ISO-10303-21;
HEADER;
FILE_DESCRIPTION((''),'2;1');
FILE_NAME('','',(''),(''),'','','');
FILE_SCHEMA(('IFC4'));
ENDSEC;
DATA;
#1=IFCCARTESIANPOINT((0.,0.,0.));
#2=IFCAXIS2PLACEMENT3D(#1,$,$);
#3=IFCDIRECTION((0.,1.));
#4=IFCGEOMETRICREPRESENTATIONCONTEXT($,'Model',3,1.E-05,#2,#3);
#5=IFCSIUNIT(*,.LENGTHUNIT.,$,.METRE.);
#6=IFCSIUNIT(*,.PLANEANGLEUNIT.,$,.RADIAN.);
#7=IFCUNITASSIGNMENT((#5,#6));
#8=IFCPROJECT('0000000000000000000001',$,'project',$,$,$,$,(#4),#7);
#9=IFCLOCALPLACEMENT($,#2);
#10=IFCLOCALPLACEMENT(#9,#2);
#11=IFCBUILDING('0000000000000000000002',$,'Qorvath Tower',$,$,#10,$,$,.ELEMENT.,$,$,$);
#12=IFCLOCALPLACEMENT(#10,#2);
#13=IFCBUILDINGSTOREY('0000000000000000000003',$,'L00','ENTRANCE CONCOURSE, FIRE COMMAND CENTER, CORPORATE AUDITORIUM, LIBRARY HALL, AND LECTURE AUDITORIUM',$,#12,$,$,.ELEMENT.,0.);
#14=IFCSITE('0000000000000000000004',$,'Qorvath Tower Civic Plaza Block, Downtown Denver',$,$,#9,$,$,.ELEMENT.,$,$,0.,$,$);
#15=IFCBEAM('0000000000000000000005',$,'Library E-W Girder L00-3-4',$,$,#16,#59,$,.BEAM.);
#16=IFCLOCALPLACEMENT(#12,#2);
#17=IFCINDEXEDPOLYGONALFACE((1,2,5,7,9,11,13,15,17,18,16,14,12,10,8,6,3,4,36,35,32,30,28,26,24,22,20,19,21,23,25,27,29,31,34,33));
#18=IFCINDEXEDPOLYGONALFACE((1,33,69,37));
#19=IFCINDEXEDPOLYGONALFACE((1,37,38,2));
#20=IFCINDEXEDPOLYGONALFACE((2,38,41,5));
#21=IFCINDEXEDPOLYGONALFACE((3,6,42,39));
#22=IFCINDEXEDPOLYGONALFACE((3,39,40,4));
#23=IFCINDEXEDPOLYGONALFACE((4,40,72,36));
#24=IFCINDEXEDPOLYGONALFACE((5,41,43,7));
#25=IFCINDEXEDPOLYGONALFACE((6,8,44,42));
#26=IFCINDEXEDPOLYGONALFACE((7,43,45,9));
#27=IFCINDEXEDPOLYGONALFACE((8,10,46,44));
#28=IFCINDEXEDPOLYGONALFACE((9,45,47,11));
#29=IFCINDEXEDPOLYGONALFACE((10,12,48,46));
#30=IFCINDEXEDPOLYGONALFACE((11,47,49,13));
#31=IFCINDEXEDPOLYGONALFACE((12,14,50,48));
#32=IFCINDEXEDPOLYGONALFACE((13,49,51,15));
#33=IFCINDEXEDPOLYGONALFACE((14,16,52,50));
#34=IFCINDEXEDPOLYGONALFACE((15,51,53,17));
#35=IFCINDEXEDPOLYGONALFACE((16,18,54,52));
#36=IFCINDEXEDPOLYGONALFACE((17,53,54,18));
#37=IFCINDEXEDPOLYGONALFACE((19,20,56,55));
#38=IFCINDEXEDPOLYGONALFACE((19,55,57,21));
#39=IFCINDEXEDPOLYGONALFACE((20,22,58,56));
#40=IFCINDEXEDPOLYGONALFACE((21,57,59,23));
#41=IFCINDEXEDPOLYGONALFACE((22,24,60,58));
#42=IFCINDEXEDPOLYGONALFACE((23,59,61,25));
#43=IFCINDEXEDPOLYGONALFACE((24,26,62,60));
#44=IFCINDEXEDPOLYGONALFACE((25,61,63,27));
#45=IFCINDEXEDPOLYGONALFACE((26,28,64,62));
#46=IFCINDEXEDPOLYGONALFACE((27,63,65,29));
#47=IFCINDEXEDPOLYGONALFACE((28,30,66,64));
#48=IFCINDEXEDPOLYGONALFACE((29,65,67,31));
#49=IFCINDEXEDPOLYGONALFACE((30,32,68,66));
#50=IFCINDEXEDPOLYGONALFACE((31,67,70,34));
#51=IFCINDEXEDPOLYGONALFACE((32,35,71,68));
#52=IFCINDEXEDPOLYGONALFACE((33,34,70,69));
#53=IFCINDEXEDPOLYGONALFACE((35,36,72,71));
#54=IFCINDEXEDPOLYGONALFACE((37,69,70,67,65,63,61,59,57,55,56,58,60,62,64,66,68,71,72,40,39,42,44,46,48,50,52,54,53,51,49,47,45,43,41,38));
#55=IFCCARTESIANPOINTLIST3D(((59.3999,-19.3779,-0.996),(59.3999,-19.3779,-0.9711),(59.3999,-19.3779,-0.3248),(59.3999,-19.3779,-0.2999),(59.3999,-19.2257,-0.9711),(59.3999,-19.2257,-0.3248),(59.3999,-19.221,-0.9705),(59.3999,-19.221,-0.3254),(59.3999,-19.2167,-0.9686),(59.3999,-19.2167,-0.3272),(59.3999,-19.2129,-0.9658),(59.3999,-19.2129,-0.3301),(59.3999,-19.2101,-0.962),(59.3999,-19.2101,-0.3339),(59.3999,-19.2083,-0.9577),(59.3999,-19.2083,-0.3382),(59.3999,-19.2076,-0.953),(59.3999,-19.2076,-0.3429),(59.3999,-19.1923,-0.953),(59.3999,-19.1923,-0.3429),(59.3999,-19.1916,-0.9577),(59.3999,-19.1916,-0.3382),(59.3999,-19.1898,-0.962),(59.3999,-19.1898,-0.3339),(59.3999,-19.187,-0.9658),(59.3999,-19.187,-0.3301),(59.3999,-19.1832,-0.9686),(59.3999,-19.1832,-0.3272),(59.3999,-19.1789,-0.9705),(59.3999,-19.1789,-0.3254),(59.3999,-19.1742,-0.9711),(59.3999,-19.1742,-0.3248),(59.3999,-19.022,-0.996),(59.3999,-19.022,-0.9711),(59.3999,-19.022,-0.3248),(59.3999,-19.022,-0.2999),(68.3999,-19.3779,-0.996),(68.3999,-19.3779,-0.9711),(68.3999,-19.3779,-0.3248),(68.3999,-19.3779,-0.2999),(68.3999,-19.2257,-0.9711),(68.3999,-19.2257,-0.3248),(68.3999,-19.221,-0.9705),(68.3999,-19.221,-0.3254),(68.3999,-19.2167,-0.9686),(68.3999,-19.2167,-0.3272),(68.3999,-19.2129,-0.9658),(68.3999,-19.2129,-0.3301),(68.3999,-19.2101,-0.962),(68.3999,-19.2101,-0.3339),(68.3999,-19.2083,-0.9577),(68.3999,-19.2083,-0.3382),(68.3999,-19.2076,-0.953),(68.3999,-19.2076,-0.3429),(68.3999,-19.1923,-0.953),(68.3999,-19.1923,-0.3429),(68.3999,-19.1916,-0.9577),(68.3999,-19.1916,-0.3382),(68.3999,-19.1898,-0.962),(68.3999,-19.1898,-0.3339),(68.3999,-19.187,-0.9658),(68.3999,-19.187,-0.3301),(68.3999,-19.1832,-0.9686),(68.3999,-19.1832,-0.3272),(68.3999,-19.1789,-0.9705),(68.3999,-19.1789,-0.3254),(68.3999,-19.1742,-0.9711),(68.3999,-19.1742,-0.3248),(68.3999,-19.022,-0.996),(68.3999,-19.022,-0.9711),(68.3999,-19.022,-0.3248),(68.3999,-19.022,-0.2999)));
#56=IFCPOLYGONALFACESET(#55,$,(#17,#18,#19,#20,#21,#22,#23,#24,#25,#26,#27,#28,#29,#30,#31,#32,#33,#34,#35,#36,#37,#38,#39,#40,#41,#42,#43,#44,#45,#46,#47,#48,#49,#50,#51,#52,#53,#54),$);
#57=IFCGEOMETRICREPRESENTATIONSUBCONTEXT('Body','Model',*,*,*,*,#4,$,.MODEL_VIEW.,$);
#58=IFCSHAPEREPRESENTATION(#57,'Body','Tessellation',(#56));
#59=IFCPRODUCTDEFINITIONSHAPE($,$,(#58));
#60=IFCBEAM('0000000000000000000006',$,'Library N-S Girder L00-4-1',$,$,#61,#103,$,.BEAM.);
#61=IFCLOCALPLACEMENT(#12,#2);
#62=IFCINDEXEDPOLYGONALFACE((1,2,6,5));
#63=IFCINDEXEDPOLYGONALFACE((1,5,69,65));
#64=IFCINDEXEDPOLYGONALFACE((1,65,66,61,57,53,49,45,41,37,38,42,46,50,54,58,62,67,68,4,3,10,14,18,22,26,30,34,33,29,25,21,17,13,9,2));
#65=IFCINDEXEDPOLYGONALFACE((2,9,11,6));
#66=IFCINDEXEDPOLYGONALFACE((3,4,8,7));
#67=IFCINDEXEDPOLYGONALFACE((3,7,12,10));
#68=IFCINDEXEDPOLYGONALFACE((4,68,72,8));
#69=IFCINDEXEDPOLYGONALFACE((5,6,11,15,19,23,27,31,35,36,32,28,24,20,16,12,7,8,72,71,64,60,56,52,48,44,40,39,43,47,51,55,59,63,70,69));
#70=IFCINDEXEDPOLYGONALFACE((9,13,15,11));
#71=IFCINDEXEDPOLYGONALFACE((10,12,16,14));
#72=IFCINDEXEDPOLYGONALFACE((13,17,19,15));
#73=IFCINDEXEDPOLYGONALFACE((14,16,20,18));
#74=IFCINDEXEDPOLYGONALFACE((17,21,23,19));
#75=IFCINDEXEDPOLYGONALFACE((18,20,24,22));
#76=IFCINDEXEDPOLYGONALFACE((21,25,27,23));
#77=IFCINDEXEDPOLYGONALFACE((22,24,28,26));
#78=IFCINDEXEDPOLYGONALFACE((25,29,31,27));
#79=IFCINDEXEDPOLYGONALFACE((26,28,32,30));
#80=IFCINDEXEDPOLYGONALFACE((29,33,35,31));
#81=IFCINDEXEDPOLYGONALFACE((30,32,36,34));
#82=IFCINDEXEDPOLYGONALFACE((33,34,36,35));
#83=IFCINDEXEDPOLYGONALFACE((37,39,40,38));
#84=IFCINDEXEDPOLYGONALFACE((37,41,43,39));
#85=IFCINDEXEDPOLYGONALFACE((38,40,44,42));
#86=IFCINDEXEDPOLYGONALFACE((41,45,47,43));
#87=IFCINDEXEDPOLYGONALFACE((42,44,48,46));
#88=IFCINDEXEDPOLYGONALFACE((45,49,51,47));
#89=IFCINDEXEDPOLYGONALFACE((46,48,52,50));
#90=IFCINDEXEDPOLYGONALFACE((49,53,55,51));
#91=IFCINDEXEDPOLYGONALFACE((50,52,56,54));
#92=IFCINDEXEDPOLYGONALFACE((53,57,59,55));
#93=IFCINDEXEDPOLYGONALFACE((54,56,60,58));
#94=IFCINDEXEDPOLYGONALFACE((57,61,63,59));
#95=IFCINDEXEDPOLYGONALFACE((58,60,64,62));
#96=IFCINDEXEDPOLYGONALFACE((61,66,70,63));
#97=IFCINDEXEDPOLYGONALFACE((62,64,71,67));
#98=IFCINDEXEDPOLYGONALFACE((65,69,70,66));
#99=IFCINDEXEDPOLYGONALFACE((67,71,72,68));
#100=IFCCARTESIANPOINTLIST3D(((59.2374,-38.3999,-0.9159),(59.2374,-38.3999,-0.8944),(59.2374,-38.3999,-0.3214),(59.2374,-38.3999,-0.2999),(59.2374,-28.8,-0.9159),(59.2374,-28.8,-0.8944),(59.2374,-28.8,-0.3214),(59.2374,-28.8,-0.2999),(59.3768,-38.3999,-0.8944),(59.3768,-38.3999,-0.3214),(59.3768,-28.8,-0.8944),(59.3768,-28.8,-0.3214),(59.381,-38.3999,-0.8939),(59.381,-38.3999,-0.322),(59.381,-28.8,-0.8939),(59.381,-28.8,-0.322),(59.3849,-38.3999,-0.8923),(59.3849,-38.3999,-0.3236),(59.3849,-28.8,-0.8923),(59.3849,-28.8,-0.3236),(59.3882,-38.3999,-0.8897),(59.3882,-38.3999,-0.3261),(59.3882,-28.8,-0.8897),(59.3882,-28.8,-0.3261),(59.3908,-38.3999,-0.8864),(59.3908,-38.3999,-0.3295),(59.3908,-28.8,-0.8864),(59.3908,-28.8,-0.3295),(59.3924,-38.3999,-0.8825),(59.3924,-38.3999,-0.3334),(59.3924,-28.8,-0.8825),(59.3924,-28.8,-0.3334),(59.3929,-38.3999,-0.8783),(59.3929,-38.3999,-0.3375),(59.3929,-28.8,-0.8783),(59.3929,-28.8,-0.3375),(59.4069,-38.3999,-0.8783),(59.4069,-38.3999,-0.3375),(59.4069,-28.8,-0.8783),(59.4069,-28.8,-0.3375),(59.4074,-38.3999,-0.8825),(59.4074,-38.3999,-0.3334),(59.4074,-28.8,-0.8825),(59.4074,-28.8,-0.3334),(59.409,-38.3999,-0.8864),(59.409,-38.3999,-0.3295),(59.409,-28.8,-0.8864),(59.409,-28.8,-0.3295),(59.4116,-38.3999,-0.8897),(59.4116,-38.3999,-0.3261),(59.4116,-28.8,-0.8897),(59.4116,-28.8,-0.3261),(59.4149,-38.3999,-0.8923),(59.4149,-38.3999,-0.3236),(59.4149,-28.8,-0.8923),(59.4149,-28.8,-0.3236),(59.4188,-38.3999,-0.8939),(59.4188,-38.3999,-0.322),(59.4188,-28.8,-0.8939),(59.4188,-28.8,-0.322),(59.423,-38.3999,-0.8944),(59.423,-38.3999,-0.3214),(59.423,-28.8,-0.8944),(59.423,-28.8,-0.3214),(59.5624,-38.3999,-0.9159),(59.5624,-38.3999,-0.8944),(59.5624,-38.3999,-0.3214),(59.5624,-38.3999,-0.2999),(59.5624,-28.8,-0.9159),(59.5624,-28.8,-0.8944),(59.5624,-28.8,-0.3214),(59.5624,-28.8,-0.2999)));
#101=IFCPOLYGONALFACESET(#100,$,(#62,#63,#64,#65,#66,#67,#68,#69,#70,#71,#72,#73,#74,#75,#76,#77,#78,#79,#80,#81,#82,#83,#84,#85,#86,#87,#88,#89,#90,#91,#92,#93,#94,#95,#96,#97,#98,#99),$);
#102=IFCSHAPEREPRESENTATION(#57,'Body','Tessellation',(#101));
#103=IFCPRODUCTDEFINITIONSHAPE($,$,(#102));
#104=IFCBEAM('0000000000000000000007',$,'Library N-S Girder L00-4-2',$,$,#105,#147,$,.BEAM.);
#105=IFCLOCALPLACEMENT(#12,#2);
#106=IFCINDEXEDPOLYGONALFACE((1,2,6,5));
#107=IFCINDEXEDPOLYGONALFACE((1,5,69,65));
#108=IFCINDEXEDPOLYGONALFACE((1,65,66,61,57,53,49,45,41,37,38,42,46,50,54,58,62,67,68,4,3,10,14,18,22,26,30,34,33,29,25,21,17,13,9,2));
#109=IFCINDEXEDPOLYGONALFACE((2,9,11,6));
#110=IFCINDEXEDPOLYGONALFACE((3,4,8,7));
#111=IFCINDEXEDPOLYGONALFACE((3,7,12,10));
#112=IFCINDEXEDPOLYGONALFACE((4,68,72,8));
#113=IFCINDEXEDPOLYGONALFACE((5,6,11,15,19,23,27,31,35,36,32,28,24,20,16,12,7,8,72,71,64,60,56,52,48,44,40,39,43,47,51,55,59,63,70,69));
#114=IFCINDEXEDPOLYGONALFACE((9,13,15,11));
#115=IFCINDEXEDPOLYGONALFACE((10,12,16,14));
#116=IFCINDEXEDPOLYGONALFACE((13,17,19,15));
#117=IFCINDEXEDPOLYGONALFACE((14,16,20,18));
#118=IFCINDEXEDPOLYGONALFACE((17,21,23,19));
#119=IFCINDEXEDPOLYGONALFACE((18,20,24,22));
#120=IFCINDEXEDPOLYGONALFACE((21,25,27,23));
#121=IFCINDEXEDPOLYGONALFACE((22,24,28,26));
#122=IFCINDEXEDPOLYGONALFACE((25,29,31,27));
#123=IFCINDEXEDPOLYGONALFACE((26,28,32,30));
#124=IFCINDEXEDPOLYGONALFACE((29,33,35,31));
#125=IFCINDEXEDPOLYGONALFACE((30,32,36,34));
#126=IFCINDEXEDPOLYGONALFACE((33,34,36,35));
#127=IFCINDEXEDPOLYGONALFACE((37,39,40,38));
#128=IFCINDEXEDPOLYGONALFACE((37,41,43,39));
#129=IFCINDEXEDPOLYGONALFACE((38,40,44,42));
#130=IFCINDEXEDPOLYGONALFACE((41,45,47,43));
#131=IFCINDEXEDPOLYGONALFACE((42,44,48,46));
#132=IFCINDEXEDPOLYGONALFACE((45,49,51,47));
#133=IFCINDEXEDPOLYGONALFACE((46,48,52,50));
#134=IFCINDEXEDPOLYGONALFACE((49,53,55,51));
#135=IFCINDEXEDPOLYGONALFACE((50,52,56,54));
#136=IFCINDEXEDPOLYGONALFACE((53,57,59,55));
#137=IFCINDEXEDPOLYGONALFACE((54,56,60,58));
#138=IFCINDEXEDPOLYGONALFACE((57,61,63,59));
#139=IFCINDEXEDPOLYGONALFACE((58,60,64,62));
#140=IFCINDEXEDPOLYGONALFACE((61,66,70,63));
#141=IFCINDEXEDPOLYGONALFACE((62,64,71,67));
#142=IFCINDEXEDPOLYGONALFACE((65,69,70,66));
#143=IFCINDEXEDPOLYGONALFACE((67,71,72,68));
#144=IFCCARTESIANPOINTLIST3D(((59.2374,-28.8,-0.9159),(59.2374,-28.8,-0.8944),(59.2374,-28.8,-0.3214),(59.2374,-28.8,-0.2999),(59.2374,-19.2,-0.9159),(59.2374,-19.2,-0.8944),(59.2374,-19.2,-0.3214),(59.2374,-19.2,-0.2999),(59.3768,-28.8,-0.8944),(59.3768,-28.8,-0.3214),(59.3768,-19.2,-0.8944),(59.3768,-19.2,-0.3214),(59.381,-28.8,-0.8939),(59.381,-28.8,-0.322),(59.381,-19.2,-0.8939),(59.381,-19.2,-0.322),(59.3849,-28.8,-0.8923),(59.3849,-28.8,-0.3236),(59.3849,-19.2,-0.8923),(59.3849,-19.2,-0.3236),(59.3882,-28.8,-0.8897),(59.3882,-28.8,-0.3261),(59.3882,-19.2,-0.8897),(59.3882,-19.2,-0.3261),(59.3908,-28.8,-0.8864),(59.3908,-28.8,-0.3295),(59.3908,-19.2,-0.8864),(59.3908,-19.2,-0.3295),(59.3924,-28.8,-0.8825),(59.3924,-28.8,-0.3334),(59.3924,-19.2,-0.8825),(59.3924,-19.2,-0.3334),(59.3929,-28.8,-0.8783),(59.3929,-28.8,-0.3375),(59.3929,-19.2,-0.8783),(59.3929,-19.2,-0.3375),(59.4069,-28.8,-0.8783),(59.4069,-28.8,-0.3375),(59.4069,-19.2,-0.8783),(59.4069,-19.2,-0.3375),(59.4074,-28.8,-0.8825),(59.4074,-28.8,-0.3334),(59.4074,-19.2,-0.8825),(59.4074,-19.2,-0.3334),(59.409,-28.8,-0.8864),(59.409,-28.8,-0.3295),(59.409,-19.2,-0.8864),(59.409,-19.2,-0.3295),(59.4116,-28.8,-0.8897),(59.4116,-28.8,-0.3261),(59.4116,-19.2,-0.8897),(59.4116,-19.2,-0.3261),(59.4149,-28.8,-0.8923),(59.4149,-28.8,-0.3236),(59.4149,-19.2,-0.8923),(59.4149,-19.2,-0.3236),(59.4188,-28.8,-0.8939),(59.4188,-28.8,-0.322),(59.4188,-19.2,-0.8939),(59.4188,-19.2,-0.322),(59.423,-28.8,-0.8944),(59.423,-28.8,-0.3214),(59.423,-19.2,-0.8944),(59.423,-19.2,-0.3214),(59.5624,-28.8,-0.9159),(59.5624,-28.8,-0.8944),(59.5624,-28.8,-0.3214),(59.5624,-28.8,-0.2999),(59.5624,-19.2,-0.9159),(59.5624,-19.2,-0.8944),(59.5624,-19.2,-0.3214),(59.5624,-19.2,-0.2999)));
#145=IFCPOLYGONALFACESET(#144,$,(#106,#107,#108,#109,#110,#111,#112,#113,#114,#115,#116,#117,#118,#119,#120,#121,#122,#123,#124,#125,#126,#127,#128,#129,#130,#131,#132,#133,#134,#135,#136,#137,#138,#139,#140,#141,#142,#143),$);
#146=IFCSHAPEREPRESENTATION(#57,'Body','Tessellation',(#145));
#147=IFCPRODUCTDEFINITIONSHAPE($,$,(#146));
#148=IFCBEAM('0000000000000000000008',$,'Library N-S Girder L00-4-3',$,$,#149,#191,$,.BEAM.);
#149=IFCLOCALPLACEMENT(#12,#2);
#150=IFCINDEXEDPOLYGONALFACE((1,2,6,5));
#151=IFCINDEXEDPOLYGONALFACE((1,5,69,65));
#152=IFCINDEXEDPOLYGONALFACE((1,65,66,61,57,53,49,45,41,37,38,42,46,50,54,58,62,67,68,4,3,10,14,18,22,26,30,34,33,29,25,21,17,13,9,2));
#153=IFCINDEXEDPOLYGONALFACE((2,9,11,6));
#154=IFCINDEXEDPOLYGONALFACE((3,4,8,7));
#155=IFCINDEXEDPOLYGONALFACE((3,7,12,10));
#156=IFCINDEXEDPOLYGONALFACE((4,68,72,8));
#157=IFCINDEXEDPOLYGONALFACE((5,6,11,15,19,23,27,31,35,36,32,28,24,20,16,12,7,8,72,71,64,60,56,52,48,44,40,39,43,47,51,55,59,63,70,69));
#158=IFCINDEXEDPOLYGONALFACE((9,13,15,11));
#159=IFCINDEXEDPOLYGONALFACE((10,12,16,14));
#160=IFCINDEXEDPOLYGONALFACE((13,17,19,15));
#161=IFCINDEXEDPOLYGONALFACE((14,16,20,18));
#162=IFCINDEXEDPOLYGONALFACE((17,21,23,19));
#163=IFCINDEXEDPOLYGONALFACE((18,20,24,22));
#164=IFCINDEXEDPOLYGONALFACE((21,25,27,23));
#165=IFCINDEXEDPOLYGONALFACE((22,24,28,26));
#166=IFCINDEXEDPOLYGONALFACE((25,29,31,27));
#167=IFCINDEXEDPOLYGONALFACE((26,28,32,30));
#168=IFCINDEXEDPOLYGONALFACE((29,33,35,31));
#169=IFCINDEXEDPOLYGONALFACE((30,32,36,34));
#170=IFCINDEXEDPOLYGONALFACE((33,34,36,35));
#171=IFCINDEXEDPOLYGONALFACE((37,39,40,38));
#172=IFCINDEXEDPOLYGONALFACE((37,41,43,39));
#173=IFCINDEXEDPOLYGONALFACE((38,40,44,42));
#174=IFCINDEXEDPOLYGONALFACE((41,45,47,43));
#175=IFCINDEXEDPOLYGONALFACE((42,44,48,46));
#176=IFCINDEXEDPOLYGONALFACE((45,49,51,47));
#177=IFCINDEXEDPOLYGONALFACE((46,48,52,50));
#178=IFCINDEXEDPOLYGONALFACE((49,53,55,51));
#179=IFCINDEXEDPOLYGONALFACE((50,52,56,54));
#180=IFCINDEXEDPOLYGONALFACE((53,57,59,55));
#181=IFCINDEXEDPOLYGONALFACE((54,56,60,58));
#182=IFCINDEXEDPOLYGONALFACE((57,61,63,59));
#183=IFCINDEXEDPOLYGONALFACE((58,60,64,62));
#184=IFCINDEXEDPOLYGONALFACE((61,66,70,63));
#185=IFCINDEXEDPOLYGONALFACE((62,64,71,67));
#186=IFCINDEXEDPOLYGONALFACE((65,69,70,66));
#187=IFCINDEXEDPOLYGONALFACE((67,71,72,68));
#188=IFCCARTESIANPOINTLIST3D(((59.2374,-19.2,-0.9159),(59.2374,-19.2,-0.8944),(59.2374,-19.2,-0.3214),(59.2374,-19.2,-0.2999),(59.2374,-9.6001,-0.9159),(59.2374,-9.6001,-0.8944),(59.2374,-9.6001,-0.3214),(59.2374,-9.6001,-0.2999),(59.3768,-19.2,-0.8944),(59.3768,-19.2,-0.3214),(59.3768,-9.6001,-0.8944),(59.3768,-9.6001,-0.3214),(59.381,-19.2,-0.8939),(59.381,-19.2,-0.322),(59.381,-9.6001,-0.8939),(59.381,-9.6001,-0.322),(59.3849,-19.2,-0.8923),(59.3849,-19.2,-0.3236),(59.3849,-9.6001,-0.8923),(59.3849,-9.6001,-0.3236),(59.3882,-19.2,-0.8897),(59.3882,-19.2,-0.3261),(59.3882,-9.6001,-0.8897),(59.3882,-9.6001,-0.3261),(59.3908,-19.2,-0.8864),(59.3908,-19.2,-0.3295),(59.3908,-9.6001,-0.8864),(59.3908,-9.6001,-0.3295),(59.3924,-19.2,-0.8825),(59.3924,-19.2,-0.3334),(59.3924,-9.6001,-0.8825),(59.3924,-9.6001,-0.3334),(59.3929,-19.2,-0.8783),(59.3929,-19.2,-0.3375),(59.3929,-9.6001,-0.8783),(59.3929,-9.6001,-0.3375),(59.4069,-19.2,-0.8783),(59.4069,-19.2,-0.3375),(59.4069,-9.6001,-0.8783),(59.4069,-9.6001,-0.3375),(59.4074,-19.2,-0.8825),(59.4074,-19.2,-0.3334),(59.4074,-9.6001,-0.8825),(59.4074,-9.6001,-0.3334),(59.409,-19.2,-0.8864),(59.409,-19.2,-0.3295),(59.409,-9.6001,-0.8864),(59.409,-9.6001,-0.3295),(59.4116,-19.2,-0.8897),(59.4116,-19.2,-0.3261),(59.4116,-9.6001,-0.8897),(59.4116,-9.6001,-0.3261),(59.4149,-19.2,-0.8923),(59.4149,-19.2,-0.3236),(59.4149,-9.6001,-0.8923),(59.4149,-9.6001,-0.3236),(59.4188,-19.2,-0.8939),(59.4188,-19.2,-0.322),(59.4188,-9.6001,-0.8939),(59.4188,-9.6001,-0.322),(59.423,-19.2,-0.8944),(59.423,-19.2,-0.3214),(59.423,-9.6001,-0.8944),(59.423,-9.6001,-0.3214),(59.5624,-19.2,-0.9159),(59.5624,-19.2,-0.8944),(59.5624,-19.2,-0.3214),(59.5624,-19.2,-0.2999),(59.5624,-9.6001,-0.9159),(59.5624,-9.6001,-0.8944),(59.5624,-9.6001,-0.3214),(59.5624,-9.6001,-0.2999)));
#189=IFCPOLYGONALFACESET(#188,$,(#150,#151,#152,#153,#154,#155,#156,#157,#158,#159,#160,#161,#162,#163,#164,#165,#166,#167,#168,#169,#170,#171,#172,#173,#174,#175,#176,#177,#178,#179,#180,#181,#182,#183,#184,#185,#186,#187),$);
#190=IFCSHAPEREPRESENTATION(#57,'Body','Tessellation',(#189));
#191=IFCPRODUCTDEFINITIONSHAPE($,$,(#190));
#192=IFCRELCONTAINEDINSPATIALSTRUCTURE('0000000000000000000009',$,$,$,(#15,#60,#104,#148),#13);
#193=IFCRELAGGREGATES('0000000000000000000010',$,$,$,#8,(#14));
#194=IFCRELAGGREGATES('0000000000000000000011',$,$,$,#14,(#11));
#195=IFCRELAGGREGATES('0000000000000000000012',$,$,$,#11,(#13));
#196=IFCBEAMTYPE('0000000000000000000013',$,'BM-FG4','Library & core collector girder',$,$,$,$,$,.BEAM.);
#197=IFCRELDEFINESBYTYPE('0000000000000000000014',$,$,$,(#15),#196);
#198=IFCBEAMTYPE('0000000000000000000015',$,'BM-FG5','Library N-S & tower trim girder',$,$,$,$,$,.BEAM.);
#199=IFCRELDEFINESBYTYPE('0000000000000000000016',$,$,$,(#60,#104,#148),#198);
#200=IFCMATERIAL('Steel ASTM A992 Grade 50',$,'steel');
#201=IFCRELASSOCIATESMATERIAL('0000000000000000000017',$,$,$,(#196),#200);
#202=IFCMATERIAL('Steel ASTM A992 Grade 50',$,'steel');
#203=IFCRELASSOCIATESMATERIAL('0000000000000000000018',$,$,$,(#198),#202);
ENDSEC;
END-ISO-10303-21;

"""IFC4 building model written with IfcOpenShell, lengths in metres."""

from ifc_helpers import new_model, si_unit, direction, frame, origin, origin_2d, place, context, subcontext, project, spatial, i_section, extrude, material, material_profile, profile_set, type_object, element, save


model = new_model("IFC4")

# Units and contexts
model_context = context("Model", 3, precision=1e-05, world=origin(), true_north=direction((0.0, 1.0)))
body_context = subcontext(model_context, "Body", "Model", "MODEL_VIEW")
ifc_project = project(units=[si_unit("LENGTHUNIT", "METRE"), si_unit("PLANEANGLEUNIT", "RADIAN")], contexts=[model_context])

# Site, building, storey
site_placement = place(None, origin())
site = spatial("IfcSite", under=ifc_project, at=site_placement, Name="Qorvath Tower Civic Plaza Block, Downtown Denver", CompositionType="ELEMENT", RefElevation=0.0)
building_placement = place(site_placement, origin())
building = spatial("IfcBuilding", under=site, at=building_placement, Name="Qorvath Tower", CompositionType="ELEMENT")
storey_placement = place(building_placement, origin())
storey = spatial("IfcBuildingStorey", under=building, at=storey_placement, Name="L00", Description="ENTRANCE CONCOURSE, FIRE COMMAND CENTER, CORPORATE AUDITORIUM, LIBRARY HALL, AND LECTURE AUDITORIUM", CompositionType="ELEMENT", Elevation=0.0)

# Beams
ifc_material_1 = material(Name="Steel ASTM A992 Grade 50", Category="steel")
ifc_material_profile_1 = material_profile(ifc_material_1, i_section(OverallWidth=0.356, OverallDepth=0.696, WebThickness=0.0154, FlangeThickness=0.0249, FilletRadius=0.0181, at=origin_2d()), Name="W27x146")
ifc_profile_set_1 = profile_set([ifc_material_profile_1], Name="Steel ASTM A992 Grade 50")
beam_type_1 = type_object("IfcBeamType", Name="BM-FG4", Description="Library & core collector girder", PredefinedType="BEAM", material=ifc_profile_set_1)
for number, where, z_axis, x_axis, name in (
    (1, (59.3999, -19.2, -0.6479), (1.0, 0.0, 0.0), (0.0, 1.0, 0.0), "Library E-W Girder L00-3-4"),
):
    element("IfcBeam", number, at=place(storey_placement, frame(where, z_axis=z_axis, x_axis=x_axis)), inside=storey, type_object=beam_type_1, Name=name, PredefinedType="BEAM", context=body_context, shape_type="SweptSolid", body=[
        extrude(i_section(OverallWidth=0.356, OverallDepth=0.696, WebThickness=0.0154, FlangeThickness=0.0249, FilletRadius=0.0181, at=origin_2d()), origin(), (0.0, 0.0, 1.0), 9.0),
    ])
ifc_material_2 = material(Name="Steel ASTM A992 Grade 50", Category="steel")
ifc_material_profile_2 = material_profile(ifc_material_2, i_section(OverallWidth=0.325, OverallDepth=0.616, WebThickness=0.0139, FlangeThickness=0.0215, FilletRadius=0.0161, at=origin_2d()), Name="W24x117")
ifc_profile_set_2 = profile_set([ifc_material_profile_2], Name="Steel ASTM A992 Grade 50")
beam_type_2 = type_object("IfcBeamType", Name="BM-FG5", Description="Library N-S & tower trim girder", PredefinedType="BEAM", material=ifc_profile_set_2)
beam_1_placement = place(storey_placement, frame((59.3999, -38.3999, -0.6079), z_axis=(0.0, 1.0, 0.0), x_axis=(-1.0, 0.0, 0.0)))
element("IfcBeam", 2, at=beam_1_placement, inside=storey, type_object=beam_type_2, Name="Library N-S Girder L00-4-1", PredefinedType="BEAM", context=body_context, shape_type="SweptSolid", body=[
    extrude(i_section(OverallWidth=0.325, OverallDepth=0.616, WebThickness=0.0139, FlangeThickness=0.0215, FilletRadius=0.0161, at=origin_2d()), origin(), (0.0, 0.0, 1.0), 9.5999),
])
beam_2_placement = place(storey_placement, frame((59.3999, -28.8, -0.6079), z_axis=(0.0, 1.0, 0.0), x_axis=(-1.0, 0.0, 0.0)))
element("IfcBeam", 3, at=beam_2_placement, inside=storey, type_object=beam_type_2, Name="Library N-S Girder L00-4-2", PredefinedType="BEAM", context=body_context, shape_type="SweptSolid", body=[
    extrude(i_section(OverallWidth=0.325, OverallDepth=0.616, WebThickness=0.0139, FlangeThickness=0.0215, FilletRadius=0.0161, at=origin_2d()), origin(), (0.0, 0.0, 1.0), 9.6001),
])
for number, where, z_axis, x_axis, name in (
    (4, (59.3999, -19.2, -0.6079), (0.0, 1.0, 0.0), (-1.0, 0.0, 0.0), "Library N-S Girder L00-4-3"),
):
    element("IfcBeam", number, at=place(storey_placement, frame(where, z_axis=z_axis, x_axis=x_axis)), inside=storey, type_object=beam_type_2, Name=name, PredefinedType="BEAM", context=body_context, shape_type="SweptSolid", body=[
        extrude(i_section(OverallWidth=0.325, OverallDepth=0.616, WebThickness=0.0139, FlangeThickness=0.0215, FilletRadius=0.0161, at=origin_2d()), origin(), (0.0, 0.0, 1.0), 9.5999),
    ])

save(model, "model.ifc")
